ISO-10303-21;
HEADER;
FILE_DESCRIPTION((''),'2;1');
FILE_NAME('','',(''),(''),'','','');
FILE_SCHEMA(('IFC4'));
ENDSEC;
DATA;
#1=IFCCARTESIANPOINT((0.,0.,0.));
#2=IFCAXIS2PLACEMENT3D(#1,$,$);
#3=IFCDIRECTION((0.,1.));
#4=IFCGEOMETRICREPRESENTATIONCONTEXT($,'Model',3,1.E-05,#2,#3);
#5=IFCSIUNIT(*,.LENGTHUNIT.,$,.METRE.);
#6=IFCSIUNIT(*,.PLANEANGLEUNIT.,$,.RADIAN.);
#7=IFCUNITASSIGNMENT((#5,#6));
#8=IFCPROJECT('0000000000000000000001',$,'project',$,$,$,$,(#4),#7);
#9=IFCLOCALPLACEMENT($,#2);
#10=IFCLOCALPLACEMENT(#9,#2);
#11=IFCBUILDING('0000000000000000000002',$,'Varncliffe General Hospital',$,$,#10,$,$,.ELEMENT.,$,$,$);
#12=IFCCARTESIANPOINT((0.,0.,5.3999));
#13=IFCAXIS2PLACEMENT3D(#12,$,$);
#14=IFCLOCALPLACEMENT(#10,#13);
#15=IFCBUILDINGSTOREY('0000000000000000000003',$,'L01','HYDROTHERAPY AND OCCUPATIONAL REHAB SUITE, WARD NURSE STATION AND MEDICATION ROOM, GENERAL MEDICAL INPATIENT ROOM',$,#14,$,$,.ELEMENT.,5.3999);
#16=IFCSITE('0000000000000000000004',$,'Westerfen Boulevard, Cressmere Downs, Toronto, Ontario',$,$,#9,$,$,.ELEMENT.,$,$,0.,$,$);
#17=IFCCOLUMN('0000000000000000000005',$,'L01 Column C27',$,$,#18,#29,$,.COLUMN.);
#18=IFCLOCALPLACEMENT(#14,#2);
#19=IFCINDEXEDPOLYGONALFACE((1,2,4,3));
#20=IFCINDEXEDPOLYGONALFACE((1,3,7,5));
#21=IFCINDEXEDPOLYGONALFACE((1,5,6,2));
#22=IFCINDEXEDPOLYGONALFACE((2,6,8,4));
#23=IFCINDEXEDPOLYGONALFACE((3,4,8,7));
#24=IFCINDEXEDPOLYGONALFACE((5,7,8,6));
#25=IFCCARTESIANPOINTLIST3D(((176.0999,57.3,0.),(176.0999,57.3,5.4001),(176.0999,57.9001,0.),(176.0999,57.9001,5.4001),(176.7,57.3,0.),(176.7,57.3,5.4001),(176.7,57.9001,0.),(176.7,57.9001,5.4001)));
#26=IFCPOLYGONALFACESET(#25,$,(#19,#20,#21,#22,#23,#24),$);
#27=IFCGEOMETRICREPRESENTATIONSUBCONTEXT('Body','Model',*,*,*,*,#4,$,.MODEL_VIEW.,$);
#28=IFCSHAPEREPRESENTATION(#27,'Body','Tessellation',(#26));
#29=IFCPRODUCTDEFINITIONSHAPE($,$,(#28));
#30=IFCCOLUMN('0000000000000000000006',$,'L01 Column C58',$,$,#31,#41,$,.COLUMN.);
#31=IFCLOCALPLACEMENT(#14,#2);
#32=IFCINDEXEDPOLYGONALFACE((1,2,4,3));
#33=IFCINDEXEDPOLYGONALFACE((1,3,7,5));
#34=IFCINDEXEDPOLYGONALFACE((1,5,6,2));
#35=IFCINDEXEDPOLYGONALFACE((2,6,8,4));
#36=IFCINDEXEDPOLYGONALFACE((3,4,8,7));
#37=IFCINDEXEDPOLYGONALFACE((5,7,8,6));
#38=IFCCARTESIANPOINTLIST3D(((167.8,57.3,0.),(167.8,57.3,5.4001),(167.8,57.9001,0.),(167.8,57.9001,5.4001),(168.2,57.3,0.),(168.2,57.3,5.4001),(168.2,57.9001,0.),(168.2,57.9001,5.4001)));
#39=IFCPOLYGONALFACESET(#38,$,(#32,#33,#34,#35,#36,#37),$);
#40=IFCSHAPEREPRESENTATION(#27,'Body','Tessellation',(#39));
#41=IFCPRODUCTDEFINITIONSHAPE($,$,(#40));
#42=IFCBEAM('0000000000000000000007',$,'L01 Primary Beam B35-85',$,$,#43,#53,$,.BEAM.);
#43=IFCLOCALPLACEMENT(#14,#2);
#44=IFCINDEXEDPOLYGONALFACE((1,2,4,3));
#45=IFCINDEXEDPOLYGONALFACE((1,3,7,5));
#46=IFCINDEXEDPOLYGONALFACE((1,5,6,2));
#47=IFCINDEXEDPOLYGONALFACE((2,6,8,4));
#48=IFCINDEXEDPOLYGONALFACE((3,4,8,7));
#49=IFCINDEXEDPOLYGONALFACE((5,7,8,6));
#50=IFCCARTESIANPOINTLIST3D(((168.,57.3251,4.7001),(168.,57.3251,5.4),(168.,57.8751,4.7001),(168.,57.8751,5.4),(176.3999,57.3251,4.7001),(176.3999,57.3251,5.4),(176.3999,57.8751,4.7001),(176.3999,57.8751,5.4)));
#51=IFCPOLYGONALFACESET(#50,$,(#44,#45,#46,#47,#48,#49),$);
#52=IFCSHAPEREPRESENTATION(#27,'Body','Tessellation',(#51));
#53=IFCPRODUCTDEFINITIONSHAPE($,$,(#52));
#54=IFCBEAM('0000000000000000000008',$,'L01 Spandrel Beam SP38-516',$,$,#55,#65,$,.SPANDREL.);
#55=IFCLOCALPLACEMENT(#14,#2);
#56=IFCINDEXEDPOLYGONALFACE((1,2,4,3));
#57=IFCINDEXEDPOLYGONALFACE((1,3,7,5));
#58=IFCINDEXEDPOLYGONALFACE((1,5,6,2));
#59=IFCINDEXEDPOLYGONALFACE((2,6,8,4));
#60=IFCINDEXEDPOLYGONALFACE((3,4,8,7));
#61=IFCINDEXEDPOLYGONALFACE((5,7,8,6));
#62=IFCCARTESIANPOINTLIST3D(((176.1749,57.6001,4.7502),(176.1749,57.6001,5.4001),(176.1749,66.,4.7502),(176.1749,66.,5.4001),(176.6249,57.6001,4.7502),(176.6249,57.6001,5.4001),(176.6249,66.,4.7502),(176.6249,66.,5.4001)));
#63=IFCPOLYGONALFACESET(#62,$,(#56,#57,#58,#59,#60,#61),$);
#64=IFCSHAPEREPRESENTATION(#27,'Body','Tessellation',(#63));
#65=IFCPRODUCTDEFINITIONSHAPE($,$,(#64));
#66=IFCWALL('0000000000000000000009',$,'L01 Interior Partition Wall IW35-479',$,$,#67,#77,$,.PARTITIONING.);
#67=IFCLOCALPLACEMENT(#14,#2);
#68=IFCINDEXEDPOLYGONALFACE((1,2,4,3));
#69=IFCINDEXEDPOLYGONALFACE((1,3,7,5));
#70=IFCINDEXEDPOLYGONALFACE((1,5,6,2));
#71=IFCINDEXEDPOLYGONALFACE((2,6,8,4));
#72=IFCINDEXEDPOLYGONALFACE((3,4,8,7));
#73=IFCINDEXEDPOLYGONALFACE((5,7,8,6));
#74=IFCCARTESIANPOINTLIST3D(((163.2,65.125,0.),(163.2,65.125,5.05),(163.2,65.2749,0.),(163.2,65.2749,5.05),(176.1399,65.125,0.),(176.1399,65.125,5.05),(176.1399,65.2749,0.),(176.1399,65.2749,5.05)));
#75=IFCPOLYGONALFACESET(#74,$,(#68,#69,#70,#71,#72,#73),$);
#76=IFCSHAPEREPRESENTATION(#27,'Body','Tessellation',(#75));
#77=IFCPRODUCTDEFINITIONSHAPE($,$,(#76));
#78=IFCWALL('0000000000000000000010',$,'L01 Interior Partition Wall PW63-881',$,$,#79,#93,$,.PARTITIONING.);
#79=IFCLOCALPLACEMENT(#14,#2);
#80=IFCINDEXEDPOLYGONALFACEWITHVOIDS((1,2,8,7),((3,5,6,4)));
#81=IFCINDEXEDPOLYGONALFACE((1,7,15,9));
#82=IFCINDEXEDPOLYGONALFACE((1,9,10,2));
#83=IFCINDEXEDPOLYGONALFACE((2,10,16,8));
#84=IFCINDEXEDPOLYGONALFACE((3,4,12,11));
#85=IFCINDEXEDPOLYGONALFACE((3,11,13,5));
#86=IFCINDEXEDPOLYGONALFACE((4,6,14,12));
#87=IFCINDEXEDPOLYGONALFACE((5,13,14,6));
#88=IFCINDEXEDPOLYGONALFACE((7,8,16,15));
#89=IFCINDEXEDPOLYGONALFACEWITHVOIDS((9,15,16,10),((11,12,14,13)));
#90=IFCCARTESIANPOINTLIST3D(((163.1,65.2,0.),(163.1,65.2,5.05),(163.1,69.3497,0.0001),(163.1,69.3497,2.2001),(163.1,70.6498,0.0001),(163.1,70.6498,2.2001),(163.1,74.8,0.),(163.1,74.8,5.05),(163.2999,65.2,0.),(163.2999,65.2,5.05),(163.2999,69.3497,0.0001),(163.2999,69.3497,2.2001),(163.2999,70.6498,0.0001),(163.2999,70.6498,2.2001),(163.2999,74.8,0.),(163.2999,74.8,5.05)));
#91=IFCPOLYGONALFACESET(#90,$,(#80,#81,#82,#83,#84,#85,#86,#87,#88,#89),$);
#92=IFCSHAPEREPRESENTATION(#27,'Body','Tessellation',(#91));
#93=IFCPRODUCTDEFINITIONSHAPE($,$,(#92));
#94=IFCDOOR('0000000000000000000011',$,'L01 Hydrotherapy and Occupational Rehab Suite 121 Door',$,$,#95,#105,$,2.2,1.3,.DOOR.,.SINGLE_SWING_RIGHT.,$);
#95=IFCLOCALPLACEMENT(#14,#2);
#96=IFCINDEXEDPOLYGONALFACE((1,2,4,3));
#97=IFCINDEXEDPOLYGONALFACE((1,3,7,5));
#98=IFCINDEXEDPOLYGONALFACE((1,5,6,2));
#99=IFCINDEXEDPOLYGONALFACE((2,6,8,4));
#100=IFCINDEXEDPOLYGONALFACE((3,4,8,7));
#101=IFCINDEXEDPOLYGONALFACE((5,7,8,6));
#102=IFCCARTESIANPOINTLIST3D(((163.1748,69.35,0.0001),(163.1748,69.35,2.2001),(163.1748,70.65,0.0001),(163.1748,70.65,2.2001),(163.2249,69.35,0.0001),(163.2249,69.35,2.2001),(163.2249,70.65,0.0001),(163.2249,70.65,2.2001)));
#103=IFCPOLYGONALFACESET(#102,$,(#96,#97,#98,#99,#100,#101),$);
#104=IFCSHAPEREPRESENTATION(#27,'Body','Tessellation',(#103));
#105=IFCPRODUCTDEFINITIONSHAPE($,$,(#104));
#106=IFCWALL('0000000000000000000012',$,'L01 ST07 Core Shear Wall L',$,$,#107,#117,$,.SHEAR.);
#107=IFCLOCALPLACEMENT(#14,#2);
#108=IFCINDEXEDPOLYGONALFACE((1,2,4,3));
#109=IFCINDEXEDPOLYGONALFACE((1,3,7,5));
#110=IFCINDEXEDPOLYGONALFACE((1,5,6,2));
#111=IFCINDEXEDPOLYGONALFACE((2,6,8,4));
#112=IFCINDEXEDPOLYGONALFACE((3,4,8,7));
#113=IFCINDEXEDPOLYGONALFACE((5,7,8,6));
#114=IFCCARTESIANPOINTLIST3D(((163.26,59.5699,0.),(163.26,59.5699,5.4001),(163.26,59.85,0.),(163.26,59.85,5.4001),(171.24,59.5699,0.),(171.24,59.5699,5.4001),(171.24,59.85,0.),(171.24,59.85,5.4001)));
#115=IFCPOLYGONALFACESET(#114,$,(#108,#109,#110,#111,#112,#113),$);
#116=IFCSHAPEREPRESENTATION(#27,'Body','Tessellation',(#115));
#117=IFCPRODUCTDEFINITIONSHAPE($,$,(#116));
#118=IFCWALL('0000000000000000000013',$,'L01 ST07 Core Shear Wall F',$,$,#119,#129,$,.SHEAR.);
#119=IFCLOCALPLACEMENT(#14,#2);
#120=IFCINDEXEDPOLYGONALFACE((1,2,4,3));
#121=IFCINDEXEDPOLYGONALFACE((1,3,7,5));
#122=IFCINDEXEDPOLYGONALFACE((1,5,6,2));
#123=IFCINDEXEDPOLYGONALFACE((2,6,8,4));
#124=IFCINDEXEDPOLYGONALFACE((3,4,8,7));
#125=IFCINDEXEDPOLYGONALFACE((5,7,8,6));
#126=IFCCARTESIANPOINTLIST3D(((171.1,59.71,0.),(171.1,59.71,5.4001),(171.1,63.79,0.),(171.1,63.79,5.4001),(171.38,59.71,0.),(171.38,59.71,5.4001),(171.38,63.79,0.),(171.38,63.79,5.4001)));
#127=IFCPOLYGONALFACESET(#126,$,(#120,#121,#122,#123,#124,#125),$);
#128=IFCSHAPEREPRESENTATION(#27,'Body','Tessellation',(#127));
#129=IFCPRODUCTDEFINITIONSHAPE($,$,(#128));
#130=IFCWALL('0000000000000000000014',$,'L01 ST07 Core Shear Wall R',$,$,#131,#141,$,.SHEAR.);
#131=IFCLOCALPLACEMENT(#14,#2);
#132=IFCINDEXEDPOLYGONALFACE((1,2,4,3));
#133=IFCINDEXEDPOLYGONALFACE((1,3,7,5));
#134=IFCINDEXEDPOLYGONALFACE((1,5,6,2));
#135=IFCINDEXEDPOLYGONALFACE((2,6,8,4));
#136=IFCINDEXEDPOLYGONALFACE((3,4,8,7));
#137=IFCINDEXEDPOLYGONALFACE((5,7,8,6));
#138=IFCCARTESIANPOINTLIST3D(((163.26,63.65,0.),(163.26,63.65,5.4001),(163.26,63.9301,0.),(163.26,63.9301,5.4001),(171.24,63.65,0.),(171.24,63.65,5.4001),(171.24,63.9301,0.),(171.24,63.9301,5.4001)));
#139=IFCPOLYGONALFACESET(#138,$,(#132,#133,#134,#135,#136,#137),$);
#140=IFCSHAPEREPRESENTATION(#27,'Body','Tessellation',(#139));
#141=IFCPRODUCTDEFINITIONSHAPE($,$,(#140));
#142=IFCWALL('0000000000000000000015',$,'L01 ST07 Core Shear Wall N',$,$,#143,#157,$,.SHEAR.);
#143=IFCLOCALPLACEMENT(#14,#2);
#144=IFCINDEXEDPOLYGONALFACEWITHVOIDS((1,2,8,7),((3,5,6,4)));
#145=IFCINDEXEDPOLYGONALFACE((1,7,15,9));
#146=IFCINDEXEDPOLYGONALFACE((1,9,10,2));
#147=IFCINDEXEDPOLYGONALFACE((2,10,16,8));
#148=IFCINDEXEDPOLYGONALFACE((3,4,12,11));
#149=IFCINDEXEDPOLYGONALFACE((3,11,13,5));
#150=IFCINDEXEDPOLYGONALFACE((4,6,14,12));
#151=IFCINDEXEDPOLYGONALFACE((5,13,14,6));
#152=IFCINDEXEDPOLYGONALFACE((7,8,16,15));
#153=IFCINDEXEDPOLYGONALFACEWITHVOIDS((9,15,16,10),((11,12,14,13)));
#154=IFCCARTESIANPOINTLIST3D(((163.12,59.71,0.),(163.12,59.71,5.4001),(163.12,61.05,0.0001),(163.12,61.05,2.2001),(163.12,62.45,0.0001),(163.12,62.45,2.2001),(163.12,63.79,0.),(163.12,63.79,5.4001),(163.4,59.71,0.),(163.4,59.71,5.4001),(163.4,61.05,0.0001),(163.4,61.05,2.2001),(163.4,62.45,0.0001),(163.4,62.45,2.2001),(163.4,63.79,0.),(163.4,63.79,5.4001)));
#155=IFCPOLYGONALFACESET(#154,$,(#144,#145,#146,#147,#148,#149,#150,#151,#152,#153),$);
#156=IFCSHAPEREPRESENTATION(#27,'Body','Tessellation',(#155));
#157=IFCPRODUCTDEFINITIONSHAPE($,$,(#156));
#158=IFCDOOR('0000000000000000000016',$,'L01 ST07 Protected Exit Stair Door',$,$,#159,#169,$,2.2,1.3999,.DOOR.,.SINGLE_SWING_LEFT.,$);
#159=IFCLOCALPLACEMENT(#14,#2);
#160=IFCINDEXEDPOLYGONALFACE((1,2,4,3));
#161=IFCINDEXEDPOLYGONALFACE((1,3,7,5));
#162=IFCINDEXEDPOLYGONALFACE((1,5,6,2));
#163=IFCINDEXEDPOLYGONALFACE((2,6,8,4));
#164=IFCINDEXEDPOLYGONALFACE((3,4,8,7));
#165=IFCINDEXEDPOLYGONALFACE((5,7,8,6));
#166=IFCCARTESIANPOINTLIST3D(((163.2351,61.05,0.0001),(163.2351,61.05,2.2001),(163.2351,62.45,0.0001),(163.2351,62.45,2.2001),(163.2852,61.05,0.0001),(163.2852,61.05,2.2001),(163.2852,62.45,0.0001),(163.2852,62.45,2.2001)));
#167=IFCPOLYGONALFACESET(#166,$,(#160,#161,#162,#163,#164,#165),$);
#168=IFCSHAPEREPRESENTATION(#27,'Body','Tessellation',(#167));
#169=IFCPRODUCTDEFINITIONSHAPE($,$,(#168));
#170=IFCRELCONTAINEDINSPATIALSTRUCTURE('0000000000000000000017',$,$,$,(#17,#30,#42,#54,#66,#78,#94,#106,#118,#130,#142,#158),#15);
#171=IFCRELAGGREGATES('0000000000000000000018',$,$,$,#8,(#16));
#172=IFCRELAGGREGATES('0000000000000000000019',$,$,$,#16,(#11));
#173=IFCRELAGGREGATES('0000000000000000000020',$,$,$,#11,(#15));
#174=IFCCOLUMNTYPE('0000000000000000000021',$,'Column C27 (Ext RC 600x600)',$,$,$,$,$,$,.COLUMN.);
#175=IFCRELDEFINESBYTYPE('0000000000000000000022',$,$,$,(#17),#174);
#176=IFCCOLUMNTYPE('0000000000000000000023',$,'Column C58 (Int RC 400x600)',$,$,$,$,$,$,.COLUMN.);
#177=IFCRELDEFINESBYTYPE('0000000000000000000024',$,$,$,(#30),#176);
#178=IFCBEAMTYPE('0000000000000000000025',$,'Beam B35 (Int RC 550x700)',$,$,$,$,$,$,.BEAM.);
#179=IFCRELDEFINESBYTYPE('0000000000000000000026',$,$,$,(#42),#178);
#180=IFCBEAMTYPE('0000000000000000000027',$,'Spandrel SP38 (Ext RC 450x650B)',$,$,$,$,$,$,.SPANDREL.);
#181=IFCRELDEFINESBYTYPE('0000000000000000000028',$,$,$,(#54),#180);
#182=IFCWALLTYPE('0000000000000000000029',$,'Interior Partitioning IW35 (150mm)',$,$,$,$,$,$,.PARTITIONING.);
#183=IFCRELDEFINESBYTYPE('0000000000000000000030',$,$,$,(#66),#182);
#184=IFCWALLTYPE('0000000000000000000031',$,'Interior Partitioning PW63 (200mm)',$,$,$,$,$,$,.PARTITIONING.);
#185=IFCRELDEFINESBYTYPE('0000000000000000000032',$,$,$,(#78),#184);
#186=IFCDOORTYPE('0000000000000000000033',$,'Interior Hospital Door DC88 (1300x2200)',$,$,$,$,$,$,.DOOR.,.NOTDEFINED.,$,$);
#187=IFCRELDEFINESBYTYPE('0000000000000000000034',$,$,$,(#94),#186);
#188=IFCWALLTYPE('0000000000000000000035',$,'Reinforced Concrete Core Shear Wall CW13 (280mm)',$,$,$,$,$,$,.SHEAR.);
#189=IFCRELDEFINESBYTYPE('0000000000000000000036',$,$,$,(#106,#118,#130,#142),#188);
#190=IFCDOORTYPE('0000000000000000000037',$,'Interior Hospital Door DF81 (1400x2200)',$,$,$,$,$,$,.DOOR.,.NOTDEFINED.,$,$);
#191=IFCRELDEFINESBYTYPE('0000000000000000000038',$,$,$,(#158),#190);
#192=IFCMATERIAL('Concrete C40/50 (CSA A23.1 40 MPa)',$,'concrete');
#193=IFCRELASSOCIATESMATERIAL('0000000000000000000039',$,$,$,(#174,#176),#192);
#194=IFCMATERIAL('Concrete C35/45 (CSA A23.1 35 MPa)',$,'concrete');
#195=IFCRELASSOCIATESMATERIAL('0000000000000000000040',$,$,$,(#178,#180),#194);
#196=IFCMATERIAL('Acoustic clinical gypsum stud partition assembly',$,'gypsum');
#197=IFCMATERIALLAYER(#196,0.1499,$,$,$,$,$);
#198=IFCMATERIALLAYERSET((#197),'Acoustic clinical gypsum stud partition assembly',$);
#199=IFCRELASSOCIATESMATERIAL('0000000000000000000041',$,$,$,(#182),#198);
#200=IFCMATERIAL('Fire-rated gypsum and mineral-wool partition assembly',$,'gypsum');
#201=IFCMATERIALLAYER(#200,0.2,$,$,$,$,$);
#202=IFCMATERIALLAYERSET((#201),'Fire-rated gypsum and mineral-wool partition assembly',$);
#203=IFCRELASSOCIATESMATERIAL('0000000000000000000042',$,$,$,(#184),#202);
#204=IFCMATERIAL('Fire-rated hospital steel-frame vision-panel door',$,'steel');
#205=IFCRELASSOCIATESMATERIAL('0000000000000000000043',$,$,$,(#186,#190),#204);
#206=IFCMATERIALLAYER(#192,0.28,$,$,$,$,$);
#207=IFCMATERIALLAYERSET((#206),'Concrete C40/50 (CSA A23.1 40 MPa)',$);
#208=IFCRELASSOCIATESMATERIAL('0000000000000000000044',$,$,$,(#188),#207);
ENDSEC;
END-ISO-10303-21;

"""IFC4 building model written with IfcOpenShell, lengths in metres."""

from ifc_helpers import new_model, si_unit, direction, frame, frame_2d, origin, origin_2d, place, context, subcontext, project, spatial, rectangle, extrude, material, layer, layer_set, material_profile, profile_set, type_object, element, fill, save


model = new_model("IFC4")

# Units and contexts
model_context = context("Model", 3, precision=1e-05, world=origin(), true_north=direction((0.0, 1.0)))
body_context = subcontext(model_context, "Body", "Model", "MODEL_VIEW")
ifc_project = project(units=[si_unit("LENGTHUNIT", "METRE"), si_unit("PLANEANGLEUNIT", "RADIAN")], contexts=[model_context])

# Site, building, storey
site_placement = place(None, origin())
site = spatial("IfcSite", under=ifc_project, at=site_placement, Name="Westerfen Boulevard, Cressmere Downs, Toronto, Ontario", CompositionType="ELEMENT", RefElevation=0.0)
building_placement = place(site_placement, origin())
building = spatial("IfcBuilding", under=site, at=building_placement, Name="Varncliffe General Hospital", CompositionType="ELEMENT")
storey_placement = place(building_placement, frame((0.0, 0.0, 5.3999)))
storey = spatial("IfcBuildingStorey", under=building, at=storey_placement, Name="L01", Description="HYDROTHERAPY AND OCCUPATIONAL REHAB SUITE, WARD NURSE STATION AND MEDICATION ROOM, GENERAL MEDICAL INPATIENT ROOM", CompositionType="ELEMENT", Elevation=5.3999)

# Columns
ifc_material_1 = material(Name="Concrete C40/50 (CSA A23.1 40 MPa)", Category="concrete")
ifc_material_profile_1 = material_profile(ifc_material_1, rectangle(XDim=0.6001, YDim=0.6001, at=origin_2d()), Name="RC 600x600")
ifc_profile_set_1 = profile_set([ifc_material_profile_1], Name="Concrete C40/50 (CSA A23.1 40 MPa)")
column_type_1 = type_object("IfcColumnType", Name="Column C27 (Ext RC 600x600)", PredefinedType="COLUMN", material=ifc_profile_set_1)
column_1_placement = place(storey_placement, frame((176.3999, 57.6001, 0.0), z_axis=(0.0, 0.0, 1.0), x_axis=(1.0, 0.0, 0.0)))
element("IfcColumn", 1, at=column_1_placement, inside=storey, type_object=column_type_1, Name="L01 Column C27", PredefinedType="COLUMN", context=body_context, shape_type="SweptSolid", body=[
    extrude(rectangle(XDim=0.6001, YDim=0.6001, at=origin_2d()), origin(), (0.0, 0.0, 1.0), 5.4001),
])
ifc_material_profile_2 = material_profile(ifc_material_1, rectangle(XDim=0.3999, YDim=0.6001, at=origin_2d()), Name="RC 400x600")
ifc_profile_set_2 = profile_set([ifc_material_profile_2], Name="Concrete C40/50 (CSA A23.1 40 MPa)")
column_type_2 = type_object("IfcColumnType", Name="Column C58 (Int RC 400x600)", PredefinedType="COLUMN", material=ifc_profile_set_2)
column_2_placement = place(storey_placement, frame((168.0, 57.6001, 0.0), z_axis=(0.0, 0.0, 1.0), x_axis=(1.0, 0.0, 0.0)))
element("IfcColumn", 2, at=column_2_placement, inside=storey, type_object=column_type_2, Name="L01 Column C58", PredefinedType="COLUMN", context=body_context, shape_type="SweptSolid", body=[
    extrude(rectangle(XDim=0.3999, YDim=0.6001, at=origin_2d()), origin(), (0.0, 0.0, 1.0), 5.4001),
])

# Beams
ifc_material_2 = material(Name="Concrete C35/45 (CSA A23.1 35 MPa)", Category="concrete")
ifc_material_profile_3 = material_profile(ifc_material_2, rectangle(XDim=0.55, YDim=0.7, at=origin_2d()), Name="RC 550x700")
ifc_profile_set_3 = profile_set([ifc_material_profile_3], Name="Concrete C35/45 (CSA A23.1 35 MPa)")
beam_type_1 = type_object("IfcBeamType", Name="Beam B35 (Int RC 550x700)", PredefinedType="BEAM", material=ifc_profile_set_3)
beam_1_placement = place(storey_placement, frame((168.0, 57.6001, 5.05), z_axis=(1.0, 0.0, 0.0), x_axis=(0.0, 1.0, 0.0)))
element("IfcBeam", 3, at=beam_1_placement, inside=storey, type_object=beam_type_1, Name="L01 Primary Beam B35-85", PredefinedType="BEAM", context=body_context, shape_type="SweptSolid", body=[
    extrude(rectangle(XDim=0.55, YDim=0.7, at=origin_2d()), origin(), (0.0, 0.0, 1.0), 8.3999),
])
ifc_material_profile_4 = material_profile(ifc_material_2, rectangle(XDim=0.45, YDim=0.6499, at=origin_2d()), Name="RC 450x650")
ifc_profile_set_4 = profile_set([ifc_material_profile_4], Name="Concrete C35/45 (CSA A23.1 35 MPa)")
beam_type_2 = type_object("IfcBeamType", Name="Spandrel SP38 (Ext RC 450x650B)", PredefinedType="SPANDREL", material=ifc_profile_set_4)
beam_2_placement = place(storey_placement, frame((176.3999, 57.6001, 5.0752), z_axis=(0.0, 1.0, 0.0), x_axis=(-1.0, 0.0, 0.0)))
element("IfcBeam", 4, at=beam_2_placement, inside=storey, type_object=beam_type_2, Name="L01 Spandrel Beam SP38-516", PredefinedType="SPANDREL", context=body_context, shape_type="SweptSolid", body=[
    extrude(rectangle(XDim=0.45, YDim=0.6499, at=origin_2d()), origin(), (0.0, 0.0, 1.0), 8.3999),
])

# Wall
ifc_material_3 = material(Name="Acoustic clinical gypsum stud partition assembly", Category="gypsum")
ifc_layer_1 = layer(ifc_material_3, 0.1499)
ifc_layer_set_1 = layer_set([ifc_layer_1], Name="Acoustic clinical gypsum stud partition assembly")
wall_type_1 = type_object("IfcWallType", Name="Interior Partitioning IW35 (150mm)", PredefinedType="PARTITIONING", material=ifc_layer_set_1)
wall_1_placement = place(storey_placement, frame((163.2, 65.2, 0.0), z_axis=(0.0, 0.0, 1.0), x_axis=(1.0, 0.0, 0.0)))
element("IfcWall", 5, at=wall_1_placement, inside=storey, type_object=wall_type_1, Name="L01 Interior Partition Wall IW35-479", PredefinedType="PARTITIONING", context=body_context, shape_type="SweptSolid", body=[
    extrude(rectangle(XDim=12.9399, YDim=0.1499, at=frame_2d((6.47, 0.0))), origin(), (0.0, 0.0, 1.0), 5.05),
])

# Wall, opening, door
ifc_material_4 = material(Name="Fire-rated gypsum and mineral-wool partition assembly", Category="gypsum")
ifc_layer_2 = layer(ifc_material_4, 0.2)
ifc_layer_set_2 = layer_set([ifc_layer_2], Name="Fire-rated gypsum and mineral-wool partition assembly")
wall_type_2 = type_object("IfcWallType", Name="Interior Partitioning PW63 (200mm)", PredefinedType="PARTITIONING", material=ifc_layer_set_2)
wall_2_placement = place(storey_placement, frame((163.2, 65.2, 0.0), z_axis=(0.0, 0.0, 1.0), x_axis=(0.0, 1.0, 0.0)))
wall_2 = element("IfcWall", 6, at=wall_2_placement, inside=storey, type_object=wall_type_2, Name="L01 Interior Partition Wall PW63-881", PredefinedType="PARTITIONING", context=body_context, shape_type="SweptSolid", body=[
    extrude(rectangle(XDim=9.6001, YDim=0.2, at=frame_2d((4.8, 0.0))), origin(), (0.0, 0.0, 1.0), 5.05),
])
opening_1_placement = place(wall_2_placement, frame((4.1499, 0.0, 0.0)))
opening_1 = element("IfcOpeningElement", 7, at=opening_1_placement, cuts=wall_2, PredefinedType="OPENING", context=body_context, shape_type="SweptSolid", body=[
    extrude(rectangle(XDim=1.3, YDim=2.2, at=frame_2d((0.6499, 1.1001))), frame((0.0, 0.1099, 0.0), z_axis=(0.0, -1.0, 0.0), x_axis=(1.0, 0.0, 0.0)), (0.0, 0.0, 1.0), 0.22),
])
ifc_material_5 = material(Name="Fire-rated hospital steel-frame vision-panel door", Category="steel")
door_type_1 = type_object("IfcDoorType", Name="Interior Hospital Door DC88 (1300x2200)", OperationType="NOTDEFINED", PredefinedType="DOOR", material=ifc_material_5)
door_1_placement = place(opening_1_placement, frame((1.3, 0.0, 0.0), z_axis=(0.0, 0.0, 1.0), x_axis=(-1.0, 0.0, 0.0)))
door_1 = element("IfcDoor", 8, at=door_1_placement, inside=storey, type_object=door_type_1, Name="L01 Hydrotherapy and Occupational Rehab Suite 121 Door", OperationType="SINGLE_SWING_RIGHT", OverallHeight=2.2, OverallWidth=1.3, PredefinedType="DOOR", context=body_context, shape_type="SweptSolid", body=[
    extrude(rectangle(XDim=1.3, YDim=2.2, at=frame_2d((0.6499, 1.1001))), frame((0.0, 0.0249, 0.0), z_axis=(0.0, -1.0, 0.0), x_axis=(1.0, 0.0, 0.0)), (0.0, 0.0, 1.0), 0.05),
])
fill(opening_1, door_1)

# Walls
ifc_layer_3 = layer(ifc_material_1, 0.28)
ifc_layer_set_3 = layer_set([ifc_layer_3], Name="Concrete C40/50 (CSA A23.1 40 MPa)")
wall_type_3 = type_object("IfcWallType", Name="Reinforced Concrete Core Shear Wall CW13 (280mm)", PredefinedType="SHEAR", material=ifc_layer_set_3)
wall_3_placement = place(storey_placement, frame((163.26, 59.71, 0.0), z_axis=(0.0, 0.0, 1.0), x_axis=(1.0, 0.0, 0.0)))
element("IfcWall", 9, at=wall_3_placement, inside=storey, type_object=wall_type_3, Name="L01 ST07 Core Shear Wall L", PredefinedType="SHEAR", context=body_context, shape_type="SweptSolid", body=[
    extrude(rectangle(XDim=7.98, YDim=0.28, at=frame_2d((3.99, 0.0))), origin(), (0.0, 0.0, 1.0), 5.4001),
])
wall_4_placement = place(storey_placement, frame((171.24, 59.71, 0.0), z_axis=(0.0, 0.0, 1.0), x_axis=(0.0, 1.0, 0.0)))
element("IfcWall", 10, at=wall_4_placement, inside=storey, type_object=wall_type_3, Name="L01 ST07 Core Shear Wall F", PredefinedType="SHEAR", context=body_context, shape_type="SweptSolid", body=[
    extrude(rectangle(XDim=4.0801, YDim=0.28, at=frame_2d((2.04, 0.0))), origin(), (0.0, 0.0, 1.0), 5.4001),
])
wall_5_placement = place(storey_placement, frame((171.24, 63.79, 0.0), z_axis=(0.0, 0.0, 1.0), x_axis=(-1.0, 0.0, 0.0)))
element("IfcWall", 11, at=wall_5_placement, inside=storey, type_object=wall_type_3, Name="L01 ST07 Core Shear Wall R", PredefinedType="SHEAR", context=body_context, shape_type="SweptSolid", body=[
    extrude(rectangle(XDim=7.98, YDim=0.28, at=frame_2d((3.99, 0.0))), origin(), (0.0, 0.0, 1.0), 5.4001),
])

# Wall, opening, door
wall_6_placement = place(storey_placement, frame((163.26, 63.79, 0.0), z_axis=(0.0, 0.0, 1.0), x_axis=(0.0, -1.0, 0.0)))
wall_6 = element("IfcWall", 12, at=wall_6_placement, inside=storey, type_object=wall_type_3, Name="L01 ST07 Core Shear Wall N", PredefinedType="SHEAR", context=body_context, shape_type="SweptSolid", body=[
    extrude(rectangle(XDim=4.0801, YDim=0.28, at=frame_2d((2.04, 0.0))), origin(), (0.0, 0.0, 1.0), 5.4001),
])
opening_2_placement = place(wall_6_placement, frame((1.3401, 0.0, 0.0)))
opening_2 = element("IfcOpeningElement", 13, at=opening_2_placement, cuts=wall_6, PredefinedType="OPENING", context=body_context, shape_type="SweptSolid", body=[
    extrude(rectangle(XDim=1.3999, YDim=2.2, at=frame_2d((0.7, 1.1001))), frame((0.0, 0.1499, 0.0), z_axis=(0.0, -1.0, 0.0), x_axis=(1.0, 0.0, 0.0)), (0.0, 0.0, 1.0), 0.3),
])
door_type_2 = type_object("IfcDoorType", Name="Interior Hospital Door DF81 (1400x2200)", OperationType="NOTDEFINED", PredefinedType="DOOR", material=ifc_material_5)
door_2_placement = place(opening_2_placement, frame((1.3999, 0.0, 0.0), z_axis=(0.0, 0.0, 1.0), x_axis=(-1.0, 0.0, 0.0)))
door_2 = element("IfcDoor", 14, at=door_2_placement, inside=storey, type_object=door_type_2, Name="L01 ST07 Protected Exit Stair Door", OperationType="SINGLE_SWING_LEFT", OverallHeight=2.2, OverallWidth=1.3999, PredefinedType="DOOR", context=body_context, shape_type="SweptSolid", body=[
    extrude(rectangle(XDim=1.3999, YDim=2.2, at=frame_2d((0.7, 1.1001))), frame((0.0, 0.0249, 0.0), z_axis=(0.0, -1.0, 0.0), x_axis=(1.0, 0.0, 0.0)), (0.0, 0.0, 1.0), 0.05),
])
fill(opening_2, door_2)

save(model, "model.ifc")
